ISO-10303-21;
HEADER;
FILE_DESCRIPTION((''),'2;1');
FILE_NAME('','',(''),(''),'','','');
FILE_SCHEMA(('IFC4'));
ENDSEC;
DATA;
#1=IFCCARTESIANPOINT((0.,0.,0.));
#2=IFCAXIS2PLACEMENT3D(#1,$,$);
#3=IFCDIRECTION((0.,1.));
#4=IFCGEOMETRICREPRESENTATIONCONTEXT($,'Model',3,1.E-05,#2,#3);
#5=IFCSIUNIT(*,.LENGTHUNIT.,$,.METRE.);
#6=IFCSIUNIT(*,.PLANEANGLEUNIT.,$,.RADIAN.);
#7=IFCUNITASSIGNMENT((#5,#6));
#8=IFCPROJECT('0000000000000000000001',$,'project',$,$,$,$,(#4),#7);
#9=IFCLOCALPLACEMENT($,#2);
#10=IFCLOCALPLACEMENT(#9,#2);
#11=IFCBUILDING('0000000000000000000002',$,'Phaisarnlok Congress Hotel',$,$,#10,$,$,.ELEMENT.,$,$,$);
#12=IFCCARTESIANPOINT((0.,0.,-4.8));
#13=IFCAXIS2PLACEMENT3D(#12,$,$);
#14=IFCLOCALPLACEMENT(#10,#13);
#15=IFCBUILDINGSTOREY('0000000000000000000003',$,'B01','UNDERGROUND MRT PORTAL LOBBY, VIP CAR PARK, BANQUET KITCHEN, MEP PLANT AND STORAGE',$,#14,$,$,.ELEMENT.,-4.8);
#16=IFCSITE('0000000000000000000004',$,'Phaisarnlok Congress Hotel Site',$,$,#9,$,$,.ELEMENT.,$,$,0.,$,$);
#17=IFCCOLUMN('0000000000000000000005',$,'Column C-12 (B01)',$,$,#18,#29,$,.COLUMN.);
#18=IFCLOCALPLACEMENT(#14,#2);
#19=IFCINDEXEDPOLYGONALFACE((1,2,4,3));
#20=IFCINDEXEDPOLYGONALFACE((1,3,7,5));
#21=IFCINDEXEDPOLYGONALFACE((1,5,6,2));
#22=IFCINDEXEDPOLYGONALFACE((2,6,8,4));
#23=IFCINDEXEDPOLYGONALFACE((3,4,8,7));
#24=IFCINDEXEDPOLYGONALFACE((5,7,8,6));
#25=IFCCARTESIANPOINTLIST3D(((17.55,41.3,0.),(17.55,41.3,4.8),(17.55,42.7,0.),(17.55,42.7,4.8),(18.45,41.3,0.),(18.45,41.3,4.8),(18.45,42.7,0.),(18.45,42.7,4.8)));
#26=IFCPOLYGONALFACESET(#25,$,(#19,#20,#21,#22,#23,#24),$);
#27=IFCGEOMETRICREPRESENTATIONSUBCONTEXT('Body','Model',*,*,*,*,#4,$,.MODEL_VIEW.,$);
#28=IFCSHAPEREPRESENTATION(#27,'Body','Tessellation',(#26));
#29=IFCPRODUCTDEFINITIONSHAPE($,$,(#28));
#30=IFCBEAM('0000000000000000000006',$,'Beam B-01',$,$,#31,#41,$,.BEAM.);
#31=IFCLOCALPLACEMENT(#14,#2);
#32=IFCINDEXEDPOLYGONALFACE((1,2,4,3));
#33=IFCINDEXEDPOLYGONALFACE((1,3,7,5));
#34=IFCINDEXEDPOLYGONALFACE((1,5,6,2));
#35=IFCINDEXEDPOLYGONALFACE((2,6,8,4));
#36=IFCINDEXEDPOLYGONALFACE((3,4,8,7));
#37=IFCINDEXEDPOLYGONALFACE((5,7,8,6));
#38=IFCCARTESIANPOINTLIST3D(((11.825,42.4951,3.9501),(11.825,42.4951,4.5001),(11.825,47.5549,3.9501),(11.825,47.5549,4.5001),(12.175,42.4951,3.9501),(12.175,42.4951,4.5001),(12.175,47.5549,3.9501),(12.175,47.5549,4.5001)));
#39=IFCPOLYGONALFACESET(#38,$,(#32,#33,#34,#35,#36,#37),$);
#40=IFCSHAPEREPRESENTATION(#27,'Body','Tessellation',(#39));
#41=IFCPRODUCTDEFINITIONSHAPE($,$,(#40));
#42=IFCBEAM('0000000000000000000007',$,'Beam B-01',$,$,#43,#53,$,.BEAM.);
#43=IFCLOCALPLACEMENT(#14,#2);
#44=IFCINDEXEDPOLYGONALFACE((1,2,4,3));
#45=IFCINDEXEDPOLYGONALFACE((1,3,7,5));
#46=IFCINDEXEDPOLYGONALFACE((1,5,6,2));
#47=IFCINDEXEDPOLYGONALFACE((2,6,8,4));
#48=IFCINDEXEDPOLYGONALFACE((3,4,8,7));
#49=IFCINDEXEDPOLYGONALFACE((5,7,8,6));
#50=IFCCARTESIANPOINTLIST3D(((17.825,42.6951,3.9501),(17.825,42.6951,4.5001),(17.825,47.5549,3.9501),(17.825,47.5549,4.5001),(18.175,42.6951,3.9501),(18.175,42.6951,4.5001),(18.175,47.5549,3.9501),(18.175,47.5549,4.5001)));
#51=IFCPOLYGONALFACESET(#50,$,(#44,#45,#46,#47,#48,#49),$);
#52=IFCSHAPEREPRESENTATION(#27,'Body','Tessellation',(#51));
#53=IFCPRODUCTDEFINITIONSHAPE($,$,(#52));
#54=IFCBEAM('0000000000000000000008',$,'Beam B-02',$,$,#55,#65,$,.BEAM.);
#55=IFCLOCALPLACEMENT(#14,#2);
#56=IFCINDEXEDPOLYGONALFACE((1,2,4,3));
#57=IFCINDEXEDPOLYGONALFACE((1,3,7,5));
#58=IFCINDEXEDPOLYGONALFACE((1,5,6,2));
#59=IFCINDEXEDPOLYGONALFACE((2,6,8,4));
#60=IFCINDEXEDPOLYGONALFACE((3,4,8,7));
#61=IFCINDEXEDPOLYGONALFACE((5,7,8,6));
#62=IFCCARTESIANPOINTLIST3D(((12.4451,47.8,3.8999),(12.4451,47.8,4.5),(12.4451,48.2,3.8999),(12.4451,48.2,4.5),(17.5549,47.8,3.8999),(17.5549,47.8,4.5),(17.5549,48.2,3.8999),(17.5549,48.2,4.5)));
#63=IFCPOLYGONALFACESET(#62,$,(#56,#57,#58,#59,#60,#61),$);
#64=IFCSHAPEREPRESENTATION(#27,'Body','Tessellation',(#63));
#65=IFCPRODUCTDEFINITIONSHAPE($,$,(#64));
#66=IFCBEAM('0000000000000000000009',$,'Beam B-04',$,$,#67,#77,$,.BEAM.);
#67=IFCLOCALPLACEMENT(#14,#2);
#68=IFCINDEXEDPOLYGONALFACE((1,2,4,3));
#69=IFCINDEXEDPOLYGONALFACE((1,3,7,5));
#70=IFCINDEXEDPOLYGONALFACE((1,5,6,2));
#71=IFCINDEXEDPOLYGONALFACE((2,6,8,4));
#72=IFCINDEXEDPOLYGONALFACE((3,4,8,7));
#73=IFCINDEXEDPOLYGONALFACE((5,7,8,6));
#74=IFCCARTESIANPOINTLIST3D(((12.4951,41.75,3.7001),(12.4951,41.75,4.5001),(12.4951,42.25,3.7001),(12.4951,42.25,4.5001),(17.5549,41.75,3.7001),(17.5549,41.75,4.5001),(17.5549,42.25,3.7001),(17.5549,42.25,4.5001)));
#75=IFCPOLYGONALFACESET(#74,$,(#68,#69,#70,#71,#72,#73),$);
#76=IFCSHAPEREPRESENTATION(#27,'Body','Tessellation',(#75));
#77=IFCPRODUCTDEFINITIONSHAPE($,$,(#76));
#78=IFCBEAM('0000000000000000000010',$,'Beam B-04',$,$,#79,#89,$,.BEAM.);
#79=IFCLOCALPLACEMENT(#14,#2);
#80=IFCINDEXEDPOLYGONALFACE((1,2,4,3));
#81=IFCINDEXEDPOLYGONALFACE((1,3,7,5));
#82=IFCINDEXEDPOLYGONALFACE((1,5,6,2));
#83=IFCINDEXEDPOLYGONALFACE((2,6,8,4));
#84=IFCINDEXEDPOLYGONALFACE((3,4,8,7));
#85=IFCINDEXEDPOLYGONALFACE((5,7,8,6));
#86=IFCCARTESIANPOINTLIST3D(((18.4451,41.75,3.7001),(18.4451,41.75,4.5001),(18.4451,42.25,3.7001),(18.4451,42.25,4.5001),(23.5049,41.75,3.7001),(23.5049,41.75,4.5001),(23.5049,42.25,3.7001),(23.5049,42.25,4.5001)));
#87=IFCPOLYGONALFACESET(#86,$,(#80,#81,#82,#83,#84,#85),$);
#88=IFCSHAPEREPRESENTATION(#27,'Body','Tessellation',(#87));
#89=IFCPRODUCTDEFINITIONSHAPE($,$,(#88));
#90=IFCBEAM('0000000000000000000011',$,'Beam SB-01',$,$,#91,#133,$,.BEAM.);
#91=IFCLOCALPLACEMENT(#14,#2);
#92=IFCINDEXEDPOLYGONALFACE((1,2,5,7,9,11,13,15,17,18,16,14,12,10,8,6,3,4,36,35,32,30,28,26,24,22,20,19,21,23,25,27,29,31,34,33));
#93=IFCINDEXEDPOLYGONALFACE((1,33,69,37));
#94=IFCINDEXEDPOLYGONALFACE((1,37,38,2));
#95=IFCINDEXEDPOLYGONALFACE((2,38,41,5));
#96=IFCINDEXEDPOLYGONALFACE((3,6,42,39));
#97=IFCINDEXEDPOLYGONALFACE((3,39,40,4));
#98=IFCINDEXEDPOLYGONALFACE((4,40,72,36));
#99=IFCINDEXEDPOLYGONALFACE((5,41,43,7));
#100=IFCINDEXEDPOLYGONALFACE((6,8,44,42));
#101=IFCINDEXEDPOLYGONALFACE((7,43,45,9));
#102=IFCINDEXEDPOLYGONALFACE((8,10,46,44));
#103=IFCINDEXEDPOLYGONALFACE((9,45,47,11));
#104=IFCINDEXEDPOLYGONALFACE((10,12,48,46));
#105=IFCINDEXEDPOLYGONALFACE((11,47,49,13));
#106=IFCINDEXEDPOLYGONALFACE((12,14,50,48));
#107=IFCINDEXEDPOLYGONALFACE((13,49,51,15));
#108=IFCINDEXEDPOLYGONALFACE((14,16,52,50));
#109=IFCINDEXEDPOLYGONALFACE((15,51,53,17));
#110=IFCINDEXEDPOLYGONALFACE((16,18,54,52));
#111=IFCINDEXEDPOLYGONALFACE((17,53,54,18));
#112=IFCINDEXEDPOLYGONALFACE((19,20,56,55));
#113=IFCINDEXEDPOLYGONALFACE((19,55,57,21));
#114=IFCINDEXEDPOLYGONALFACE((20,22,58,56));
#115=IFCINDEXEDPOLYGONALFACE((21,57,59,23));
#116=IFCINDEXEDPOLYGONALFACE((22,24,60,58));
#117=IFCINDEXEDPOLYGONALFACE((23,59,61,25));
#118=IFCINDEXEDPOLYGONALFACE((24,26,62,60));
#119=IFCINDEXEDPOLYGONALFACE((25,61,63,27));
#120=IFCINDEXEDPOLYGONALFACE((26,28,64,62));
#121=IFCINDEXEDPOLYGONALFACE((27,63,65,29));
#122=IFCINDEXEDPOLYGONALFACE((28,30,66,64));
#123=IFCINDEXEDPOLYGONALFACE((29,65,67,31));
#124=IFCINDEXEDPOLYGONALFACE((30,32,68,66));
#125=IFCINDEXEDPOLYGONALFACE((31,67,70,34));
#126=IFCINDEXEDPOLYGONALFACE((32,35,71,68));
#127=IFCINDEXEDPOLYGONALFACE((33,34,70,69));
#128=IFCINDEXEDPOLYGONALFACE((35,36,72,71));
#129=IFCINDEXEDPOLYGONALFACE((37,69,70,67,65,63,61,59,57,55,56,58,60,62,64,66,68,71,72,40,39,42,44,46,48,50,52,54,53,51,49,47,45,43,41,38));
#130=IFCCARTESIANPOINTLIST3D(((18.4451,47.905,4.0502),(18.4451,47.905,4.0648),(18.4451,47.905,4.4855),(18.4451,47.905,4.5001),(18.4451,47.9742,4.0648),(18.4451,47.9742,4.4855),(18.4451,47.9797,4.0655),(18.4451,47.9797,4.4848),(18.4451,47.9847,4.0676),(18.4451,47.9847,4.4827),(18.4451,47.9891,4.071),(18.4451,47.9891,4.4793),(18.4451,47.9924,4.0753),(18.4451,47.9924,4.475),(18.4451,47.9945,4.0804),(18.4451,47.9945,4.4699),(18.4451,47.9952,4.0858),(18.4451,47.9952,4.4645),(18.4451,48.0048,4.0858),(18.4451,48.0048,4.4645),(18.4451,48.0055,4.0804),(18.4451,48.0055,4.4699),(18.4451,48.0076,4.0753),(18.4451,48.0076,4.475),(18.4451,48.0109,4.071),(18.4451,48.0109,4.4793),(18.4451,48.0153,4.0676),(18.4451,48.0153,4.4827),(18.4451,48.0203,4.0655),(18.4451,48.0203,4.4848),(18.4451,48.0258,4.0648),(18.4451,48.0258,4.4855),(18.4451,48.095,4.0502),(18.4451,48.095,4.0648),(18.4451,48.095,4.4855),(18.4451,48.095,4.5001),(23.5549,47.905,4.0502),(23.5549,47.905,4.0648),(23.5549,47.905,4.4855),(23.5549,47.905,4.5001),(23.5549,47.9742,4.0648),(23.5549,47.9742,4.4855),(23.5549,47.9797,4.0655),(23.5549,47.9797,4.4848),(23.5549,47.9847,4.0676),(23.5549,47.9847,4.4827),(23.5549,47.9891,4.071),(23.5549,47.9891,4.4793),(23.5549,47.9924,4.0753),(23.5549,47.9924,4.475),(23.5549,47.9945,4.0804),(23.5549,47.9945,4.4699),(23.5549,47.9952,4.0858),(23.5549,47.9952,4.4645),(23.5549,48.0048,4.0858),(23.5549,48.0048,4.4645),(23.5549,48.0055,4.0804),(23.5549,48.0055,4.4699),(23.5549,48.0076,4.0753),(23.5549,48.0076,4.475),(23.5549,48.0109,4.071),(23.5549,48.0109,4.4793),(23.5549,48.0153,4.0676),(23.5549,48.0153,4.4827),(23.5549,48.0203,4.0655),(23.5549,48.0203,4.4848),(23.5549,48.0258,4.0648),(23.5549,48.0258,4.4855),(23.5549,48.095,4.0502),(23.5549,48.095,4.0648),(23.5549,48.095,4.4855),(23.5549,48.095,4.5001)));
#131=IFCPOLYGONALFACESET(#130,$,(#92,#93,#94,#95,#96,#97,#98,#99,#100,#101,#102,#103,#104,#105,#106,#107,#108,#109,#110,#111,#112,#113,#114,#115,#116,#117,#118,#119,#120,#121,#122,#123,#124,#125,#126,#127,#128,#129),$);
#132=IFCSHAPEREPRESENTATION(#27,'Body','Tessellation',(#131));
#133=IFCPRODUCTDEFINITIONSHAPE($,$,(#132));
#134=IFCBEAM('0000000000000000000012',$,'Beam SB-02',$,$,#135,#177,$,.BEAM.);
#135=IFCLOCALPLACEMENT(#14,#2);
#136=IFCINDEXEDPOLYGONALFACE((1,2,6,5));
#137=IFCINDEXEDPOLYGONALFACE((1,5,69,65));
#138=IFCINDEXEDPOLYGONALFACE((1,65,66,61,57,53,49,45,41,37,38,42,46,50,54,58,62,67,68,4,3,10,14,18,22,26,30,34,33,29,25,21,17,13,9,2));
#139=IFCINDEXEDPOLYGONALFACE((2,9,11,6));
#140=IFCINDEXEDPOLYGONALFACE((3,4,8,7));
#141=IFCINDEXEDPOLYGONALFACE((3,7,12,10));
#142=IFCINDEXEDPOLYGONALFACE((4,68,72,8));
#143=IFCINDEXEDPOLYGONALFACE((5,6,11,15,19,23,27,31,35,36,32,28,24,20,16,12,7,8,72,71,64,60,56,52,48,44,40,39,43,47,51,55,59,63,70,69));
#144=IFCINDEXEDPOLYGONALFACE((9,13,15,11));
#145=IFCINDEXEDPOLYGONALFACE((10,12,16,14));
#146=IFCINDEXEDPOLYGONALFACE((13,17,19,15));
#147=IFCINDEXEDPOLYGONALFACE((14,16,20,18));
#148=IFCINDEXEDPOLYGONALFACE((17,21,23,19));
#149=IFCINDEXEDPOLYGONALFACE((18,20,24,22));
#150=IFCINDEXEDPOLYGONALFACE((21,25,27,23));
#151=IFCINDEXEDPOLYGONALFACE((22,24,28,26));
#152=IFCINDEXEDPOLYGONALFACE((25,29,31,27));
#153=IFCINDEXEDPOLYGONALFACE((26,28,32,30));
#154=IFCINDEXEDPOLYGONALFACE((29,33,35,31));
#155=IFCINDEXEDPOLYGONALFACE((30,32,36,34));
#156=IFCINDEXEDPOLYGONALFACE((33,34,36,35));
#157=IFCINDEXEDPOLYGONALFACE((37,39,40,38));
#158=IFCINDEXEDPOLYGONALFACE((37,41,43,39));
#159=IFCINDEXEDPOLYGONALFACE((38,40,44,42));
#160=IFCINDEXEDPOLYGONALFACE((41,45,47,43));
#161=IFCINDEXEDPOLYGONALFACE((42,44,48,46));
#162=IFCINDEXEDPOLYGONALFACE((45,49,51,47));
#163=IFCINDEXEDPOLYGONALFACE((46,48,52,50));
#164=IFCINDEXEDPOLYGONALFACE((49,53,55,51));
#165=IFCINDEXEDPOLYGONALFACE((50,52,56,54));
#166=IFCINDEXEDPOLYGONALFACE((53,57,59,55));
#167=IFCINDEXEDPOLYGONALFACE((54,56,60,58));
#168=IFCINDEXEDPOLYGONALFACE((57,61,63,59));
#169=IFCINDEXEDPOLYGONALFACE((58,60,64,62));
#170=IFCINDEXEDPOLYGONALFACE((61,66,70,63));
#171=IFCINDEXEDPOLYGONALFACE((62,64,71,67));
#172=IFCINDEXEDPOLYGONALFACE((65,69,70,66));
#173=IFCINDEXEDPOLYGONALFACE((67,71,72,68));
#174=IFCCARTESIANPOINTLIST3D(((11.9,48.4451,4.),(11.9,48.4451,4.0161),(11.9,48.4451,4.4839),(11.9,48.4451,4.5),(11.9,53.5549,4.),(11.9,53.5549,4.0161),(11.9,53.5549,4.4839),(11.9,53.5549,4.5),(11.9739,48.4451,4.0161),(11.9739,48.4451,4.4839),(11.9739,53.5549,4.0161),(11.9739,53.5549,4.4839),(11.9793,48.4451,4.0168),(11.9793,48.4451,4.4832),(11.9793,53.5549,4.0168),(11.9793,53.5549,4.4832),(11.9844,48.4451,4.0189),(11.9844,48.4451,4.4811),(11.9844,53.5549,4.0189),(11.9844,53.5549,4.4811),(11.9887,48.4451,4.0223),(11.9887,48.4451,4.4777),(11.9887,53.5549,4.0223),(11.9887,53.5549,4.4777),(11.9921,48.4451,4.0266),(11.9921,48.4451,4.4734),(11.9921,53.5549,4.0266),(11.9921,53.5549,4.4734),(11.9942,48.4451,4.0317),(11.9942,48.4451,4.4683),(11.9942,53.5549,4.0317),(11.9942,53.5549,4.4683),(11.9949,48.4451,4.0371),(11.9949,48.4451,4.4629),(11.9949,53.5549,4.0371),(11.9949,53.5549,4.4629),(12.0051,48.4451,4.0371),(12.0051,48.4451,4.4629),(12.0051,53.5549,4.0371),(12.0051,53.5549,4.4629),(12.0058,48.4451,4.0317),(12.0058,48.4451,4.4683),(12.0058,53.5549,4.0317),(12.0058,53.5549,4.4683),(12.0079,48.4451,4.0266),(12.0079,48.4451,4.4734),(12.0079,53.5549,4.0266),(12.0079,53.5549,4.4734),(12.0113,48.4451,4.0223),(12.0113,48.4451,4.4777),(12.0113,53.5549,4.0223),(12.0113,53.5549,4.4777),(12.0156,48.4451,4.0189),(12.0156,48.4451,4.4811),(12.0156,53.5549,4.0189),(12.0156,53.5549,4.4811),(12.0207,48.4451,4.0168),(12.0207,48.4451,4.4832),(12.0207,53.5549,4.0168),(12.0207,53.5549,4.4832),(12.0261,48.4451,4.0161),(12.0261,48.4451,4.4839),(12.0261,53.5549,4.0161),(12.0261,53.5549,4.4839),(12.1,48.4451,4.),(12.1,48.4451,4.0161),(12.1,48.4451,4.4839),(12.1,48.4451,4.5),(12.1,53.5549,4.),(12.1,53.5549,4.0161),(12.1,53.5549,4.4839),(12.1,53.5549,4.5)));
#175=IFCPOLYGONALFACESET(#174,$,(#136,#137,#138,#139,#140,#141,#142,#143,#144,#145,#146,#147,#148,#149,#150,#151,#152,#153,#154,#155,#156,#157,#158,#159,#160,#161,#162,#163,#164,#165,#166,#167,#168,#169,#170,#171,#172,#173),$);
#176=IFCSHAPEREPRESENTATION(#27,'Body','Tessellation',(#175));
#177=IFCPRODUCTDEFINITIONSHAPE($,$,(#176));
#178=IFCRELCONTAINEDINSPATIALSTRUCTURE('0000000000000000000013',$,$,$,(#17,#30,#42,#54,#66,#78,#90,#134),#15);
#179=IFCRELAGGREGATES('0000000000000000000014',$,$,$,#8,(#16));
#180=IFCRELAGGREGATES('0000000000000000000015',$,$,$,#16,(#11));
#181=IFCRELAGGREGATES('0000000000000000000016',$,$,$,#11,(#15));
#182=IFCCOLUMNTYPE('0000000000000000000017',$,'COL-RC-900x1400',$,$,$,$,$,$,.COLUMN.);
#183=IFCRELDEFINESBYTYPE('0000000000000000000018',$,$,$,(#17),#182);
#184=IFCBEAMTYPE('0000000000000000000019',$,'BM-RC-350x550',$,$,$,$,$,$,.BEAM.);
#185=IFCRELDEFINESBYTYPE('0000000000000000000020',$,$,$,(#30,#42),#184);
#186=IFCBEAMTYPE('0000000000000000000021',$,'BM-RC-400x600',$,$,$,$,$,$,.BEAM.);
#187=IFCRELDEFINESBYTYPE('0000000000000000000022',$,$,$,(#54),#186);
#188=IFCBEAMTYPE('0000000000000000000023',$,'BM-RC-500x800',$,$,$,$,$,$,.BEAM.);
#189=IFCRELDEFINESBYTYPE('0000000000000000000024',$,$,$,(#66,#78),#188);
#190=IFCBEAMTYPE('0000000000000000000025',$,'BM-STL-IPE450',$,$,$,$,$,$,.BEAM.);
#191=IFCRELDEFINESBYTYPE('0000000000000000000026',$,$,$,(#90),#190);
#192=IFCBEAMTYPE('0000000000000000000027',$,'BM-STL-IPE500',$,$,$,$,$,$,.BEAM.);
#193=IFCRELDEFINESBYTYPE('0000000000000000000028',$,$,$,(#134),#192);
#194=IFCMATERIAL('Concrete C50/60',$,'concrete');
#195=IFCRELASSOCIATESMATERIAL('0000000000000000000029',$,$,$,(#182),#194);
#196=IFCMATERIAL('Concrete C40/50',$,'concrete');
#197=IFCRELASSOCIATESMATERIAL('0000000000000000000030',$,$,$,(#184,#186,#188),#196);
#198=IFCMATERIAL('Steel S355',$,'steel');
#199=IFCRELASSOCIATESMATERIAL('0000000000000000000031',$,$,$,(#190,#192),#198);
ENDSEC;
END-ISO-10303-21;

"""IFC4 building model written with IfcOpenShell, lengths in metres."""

from ifc_helpers import new_model, si_unit, direction, frame, origin, origin_2d, place, context, subcontext, project, spatial, rectangle, i_section, extrude, material, material_profile, profile_set, type_object, element, save


model = new_model("IFC4")

# Units and contexts
model_context = context("Model", 3, precision=1e-05, world=origin(), true_north=direction((0.0, 1.0)))
body_context = subcontext(model_context, "Body", "Model", "MODEL_VIEW")
ifc_project = project(units=[si_unit("LENGTHUNIT", "METRE"), si_unit("PLANEANGLEUNIT", "RADIAN")], contexts=[model_context])

# Site, building, storey
site_placement = place(None, origin())
site = spatial("IfcSite", under=ifc_project, at=site_placement, Name="Phaisarnlok Congress Hotel Site", CompositionType="ELEMENT", RefElevation=0.0)
building_placement = place(site_placement, origin())
building = spatial("IfcBuilding", under=site, at=building_placement, Name="Phaisarnlok Congress Hotel", CompositionType="ELEMENT")
storey_placement = place(building_placement, frame((0.0, 0.0, -4.8)))
storey = spatial("IfcBuildingStorey", under=building, at=storey_placement, Name="B01", Description="UNDERGROUND MRT PORTAL LOBBY, VIP CAR PARK, BANQUET KITCHEN, MEP PLANT AND STORAGE", CompositionType="ELEMENT", Elevation=-4.8)

# Shared definitions
ifc_material_1 = material(Name="Concrete C40/50", Category="concrete")

# Column
ifc_material_2 = material(Name="Concrete C50/60", Category="concrete")
ifc_material_profile_1 = material_profile(ifc_material_2, rectangle(XDim=0.8999, YDim=1.3999, at=origin_2d()), Name="RC 900x1400")
ifc_profile_set_1 = profile_set([ifc_material_profile_1], Name="Concrete C50/60")
column_type_1 = type_object("IfcColumnType", Name="COL-RC-900x1400", PredefinedType="COLUMN", material=ifc_profile_set_1)
column_placement = place(storey_placement, frame((18.0, 42.0, 0.0), z_axis=(0.0, 0.0, 1.0), x_axis=(1.0, 0.0, 0.0)))
element("IfcColumn", 1, at=column_placement, inside=storey, type_object=column_type_1, Name="Column C-12 (B01)", PredefinedType="COLUMN", context=body_context, shape_type="SweptSolid", body=[
    extrude(rectangle(XDim=0.8999, YDim=1.3999, at=origin_2d()), origin(), (0.0, 0.0, 1.0), 4.8),
])

# Beams
ifc_material_profile_2 = material_profile(ifc_material_1, rectangle(XDim=0.3501, YDim=0.55, at=origin_2d()), Name="RC 350x550")
ifc_profile_set_2 = profile_set([ifc_material_profile_2], Name="Concrete C40/50")
beam_type_1 = type_object("IfcBeamType", Name="BM-RC-350x550", PredefinedType="BEAM", material=ifc_profile_set_2)
beam_1_placement = place(storey_placement, frame((12.0, 42.4951, 4.2251), z_axis=(0.0, 1.0, 0.0), x_axis=(-1.0, 0.0, 0.0)))
element("IfcBeam", 2, at=beam_1_placement, inside=storey, type_object=beam_type_1, Name="Beam B-01", PredefinedType="BEAM", context=body_context, shape_type="SweptSolid", body=[
    extrude(rectangle(XDim=0.3501, YDim=0.55, at=origin_2d()), origin(), (0.0, 0.0, 1.0), 5.0598),
])
beam_2_placement = place(storey_placement, frame((18.0, 42.6951, 4.2251), z_axis=(0.0, 1.0, 0.0), x_axis=(-1.0, 0.0, 0.0)))
element("IfcBeam", 3, at=beam_2_placement, inside=storey, type_object=beam_type_1, Name="Beam B-01", PredefinedType="BEAM", context=body_context, shape_type="SweptSolid", body=[
    extrude(rectangle(XDim=0.3501, YDim=0.55, at=origin_2d()), origin(), (0.0, 0.0, 1.0), 4.8599),
])
ifc_material_profile_3 = material_profile(ifc_material_1, rectangle(XDim=0.3999, YDim=0.6001, at=origin_2d()), Name="RC 400x600")
ifc_profile_set_3 = profile_set([ifc_material_profile_3], Name="Concrete C40/50")
beam_type_2 = type_object("IfcBeamType", Name="BM-RC-400x600", PredefinedType="BEAM", material=ifc_profile_set_3)
beam_3_placement = place(storey_placement, frame((12.4451, 48.0, 4.2), z_axis=(1.0, 0.0, 0.0), x_axis=(0.0, 1.0, 0.0)))
element("IfcBeam", 4, at=beam_3_placement, inside=storey, type_object=beam_type_2, Name="Beam B-02", PredefinedType="BEAM", context=body_context, shape_type="SweptSolid", body=[
    extrude(rectangle(XDim=0.3999, YDim=0.6001, at=origin_2d()), origin(), (0.0, 0.0, 1.0), 5.1099),
])
ifc_material_profile_4 = material_profile(ifc_material_1, rectangle(XDim=0.5, YDim=0.8, at=origin_2d()), Name="RC 500x800")
ifc_profile_set_4 = profile_set([ifc_material_profile_4], Name="Concrete C40/50")
beam_type_3 = type_object("IfcBeamType", Name="BM-RC-500x800", PredefinedType="BEAM", material=ifc_profile_set_4)
for number, where, z_axis, x_axis, name in (
    (5, (12.4951, 42.0, 4.1001), (1.0, 0.0, 0.0), (0.0, 1.0, 0.0), "Beam B-04"),
    (6, (18.4451, 42.0, 4.1001), (1.0, 0.0, 0.0), (0.0, 1.0, 0.0), "Beam B-04"),
):
    element("IfcBeam", number, at=place(storey_placement, frame(where, z_axis=z_axis, x_axis=x_axis)), inside=storey, type_object=beam_type_3, Name=name, PredefinedType="BEAM", context=body_context, shape_type="SweptSolid", body=[
        extrude(rectangle(XDim=0.5, YDim=0.8, at=origin_2d()), origin(), (0.0, 0.0, 1.0), 5.0598),
    ])
ifc_material_3 = material(Name="Steel S355", Category="steel")
ifc_material_profile_5 = material_profile(ifc_material_3, i_section(OverallWidth=0.1899, OverallDepth=0.45, WebThickness=0.0095, FlangeThickness=0.0146, FilletRadius=0.021, at=origin_2d()), Name="IPE 450")
ifc_profile_set_5 = profile_set([ifc_material_profile_5], Name="Steel S355")
beam_type_4 = type_object("IfcBeamType", Name="BM-STL-IPE450", PredefinedType="BEAM", material=ifc_profile_set_5)
beam_4_placement = place(storey_placement, frame((18.4451, 48.0, 4.2751), z_axis=(1.0, 0.0, 0.0), x_axis=(0.0, 1.0, 0.0)))
element("IfcBeam", 7, at=beam_4_placement, inside=storey, type_object=beam_type_4, Name="Beam SB-01", PredefinedType="BEAM", context=body_context, shape_type="SweptSolid", body=[
    extrude(i_section(OverallWidth=0.1899, OverallDepth=0.45, WebThickness=0.0095, FlangeThickness=0.0146, FilletRadius=0.021, at=origin_2d()), origin(), (0.0, 0.0, 1.0), 5.1099),
])
ifc_material_profile_6 = material_profile(ifc_material_3, i_section(OverallWidth=0.2, OverallDepth=0.5, WebThickness=0.0103, FlangeThickness=0.0161, FilletRadius=0.021, at=origin_2d()), Name="IPE 500")
ifc_profile_set_6 = profile_set([ifc_material_profile_6], Name="Steel S355")
beam_type_5 = type_object("IfcBeamType", Name="BM-STL-IPE500", PredefinedType="BEAM", material=ifc_profile_set_6)
for number, where, z_axis, x_axis, name in (
    (8, (12.0, 48.4451, 4.25), (0.0, 1.0, 0.0), (-1.0, 0.0, 0.0), "Beam SB-02"),
):
    element("IfcBeam", number, at=place(storey_placement, frame(where, z_axis=z_axis, x_axis=x_axis)), inside=storey, type_object=beam_type_5, Name=name, PredefinedType="BEAM", context=body_context, shape_type="SweptSolid", body=[
        extrude(i_section(OverallWidth=0.2, OverallDepth=0.5, WebThickness=0.0103, FlangeThickness=0.0161, FilletRadius=0.021, at=origin_2d()), origin(), (0.0, 0.0, 1.0), 5.1099),
    ])

save(model, "model.ifc")
